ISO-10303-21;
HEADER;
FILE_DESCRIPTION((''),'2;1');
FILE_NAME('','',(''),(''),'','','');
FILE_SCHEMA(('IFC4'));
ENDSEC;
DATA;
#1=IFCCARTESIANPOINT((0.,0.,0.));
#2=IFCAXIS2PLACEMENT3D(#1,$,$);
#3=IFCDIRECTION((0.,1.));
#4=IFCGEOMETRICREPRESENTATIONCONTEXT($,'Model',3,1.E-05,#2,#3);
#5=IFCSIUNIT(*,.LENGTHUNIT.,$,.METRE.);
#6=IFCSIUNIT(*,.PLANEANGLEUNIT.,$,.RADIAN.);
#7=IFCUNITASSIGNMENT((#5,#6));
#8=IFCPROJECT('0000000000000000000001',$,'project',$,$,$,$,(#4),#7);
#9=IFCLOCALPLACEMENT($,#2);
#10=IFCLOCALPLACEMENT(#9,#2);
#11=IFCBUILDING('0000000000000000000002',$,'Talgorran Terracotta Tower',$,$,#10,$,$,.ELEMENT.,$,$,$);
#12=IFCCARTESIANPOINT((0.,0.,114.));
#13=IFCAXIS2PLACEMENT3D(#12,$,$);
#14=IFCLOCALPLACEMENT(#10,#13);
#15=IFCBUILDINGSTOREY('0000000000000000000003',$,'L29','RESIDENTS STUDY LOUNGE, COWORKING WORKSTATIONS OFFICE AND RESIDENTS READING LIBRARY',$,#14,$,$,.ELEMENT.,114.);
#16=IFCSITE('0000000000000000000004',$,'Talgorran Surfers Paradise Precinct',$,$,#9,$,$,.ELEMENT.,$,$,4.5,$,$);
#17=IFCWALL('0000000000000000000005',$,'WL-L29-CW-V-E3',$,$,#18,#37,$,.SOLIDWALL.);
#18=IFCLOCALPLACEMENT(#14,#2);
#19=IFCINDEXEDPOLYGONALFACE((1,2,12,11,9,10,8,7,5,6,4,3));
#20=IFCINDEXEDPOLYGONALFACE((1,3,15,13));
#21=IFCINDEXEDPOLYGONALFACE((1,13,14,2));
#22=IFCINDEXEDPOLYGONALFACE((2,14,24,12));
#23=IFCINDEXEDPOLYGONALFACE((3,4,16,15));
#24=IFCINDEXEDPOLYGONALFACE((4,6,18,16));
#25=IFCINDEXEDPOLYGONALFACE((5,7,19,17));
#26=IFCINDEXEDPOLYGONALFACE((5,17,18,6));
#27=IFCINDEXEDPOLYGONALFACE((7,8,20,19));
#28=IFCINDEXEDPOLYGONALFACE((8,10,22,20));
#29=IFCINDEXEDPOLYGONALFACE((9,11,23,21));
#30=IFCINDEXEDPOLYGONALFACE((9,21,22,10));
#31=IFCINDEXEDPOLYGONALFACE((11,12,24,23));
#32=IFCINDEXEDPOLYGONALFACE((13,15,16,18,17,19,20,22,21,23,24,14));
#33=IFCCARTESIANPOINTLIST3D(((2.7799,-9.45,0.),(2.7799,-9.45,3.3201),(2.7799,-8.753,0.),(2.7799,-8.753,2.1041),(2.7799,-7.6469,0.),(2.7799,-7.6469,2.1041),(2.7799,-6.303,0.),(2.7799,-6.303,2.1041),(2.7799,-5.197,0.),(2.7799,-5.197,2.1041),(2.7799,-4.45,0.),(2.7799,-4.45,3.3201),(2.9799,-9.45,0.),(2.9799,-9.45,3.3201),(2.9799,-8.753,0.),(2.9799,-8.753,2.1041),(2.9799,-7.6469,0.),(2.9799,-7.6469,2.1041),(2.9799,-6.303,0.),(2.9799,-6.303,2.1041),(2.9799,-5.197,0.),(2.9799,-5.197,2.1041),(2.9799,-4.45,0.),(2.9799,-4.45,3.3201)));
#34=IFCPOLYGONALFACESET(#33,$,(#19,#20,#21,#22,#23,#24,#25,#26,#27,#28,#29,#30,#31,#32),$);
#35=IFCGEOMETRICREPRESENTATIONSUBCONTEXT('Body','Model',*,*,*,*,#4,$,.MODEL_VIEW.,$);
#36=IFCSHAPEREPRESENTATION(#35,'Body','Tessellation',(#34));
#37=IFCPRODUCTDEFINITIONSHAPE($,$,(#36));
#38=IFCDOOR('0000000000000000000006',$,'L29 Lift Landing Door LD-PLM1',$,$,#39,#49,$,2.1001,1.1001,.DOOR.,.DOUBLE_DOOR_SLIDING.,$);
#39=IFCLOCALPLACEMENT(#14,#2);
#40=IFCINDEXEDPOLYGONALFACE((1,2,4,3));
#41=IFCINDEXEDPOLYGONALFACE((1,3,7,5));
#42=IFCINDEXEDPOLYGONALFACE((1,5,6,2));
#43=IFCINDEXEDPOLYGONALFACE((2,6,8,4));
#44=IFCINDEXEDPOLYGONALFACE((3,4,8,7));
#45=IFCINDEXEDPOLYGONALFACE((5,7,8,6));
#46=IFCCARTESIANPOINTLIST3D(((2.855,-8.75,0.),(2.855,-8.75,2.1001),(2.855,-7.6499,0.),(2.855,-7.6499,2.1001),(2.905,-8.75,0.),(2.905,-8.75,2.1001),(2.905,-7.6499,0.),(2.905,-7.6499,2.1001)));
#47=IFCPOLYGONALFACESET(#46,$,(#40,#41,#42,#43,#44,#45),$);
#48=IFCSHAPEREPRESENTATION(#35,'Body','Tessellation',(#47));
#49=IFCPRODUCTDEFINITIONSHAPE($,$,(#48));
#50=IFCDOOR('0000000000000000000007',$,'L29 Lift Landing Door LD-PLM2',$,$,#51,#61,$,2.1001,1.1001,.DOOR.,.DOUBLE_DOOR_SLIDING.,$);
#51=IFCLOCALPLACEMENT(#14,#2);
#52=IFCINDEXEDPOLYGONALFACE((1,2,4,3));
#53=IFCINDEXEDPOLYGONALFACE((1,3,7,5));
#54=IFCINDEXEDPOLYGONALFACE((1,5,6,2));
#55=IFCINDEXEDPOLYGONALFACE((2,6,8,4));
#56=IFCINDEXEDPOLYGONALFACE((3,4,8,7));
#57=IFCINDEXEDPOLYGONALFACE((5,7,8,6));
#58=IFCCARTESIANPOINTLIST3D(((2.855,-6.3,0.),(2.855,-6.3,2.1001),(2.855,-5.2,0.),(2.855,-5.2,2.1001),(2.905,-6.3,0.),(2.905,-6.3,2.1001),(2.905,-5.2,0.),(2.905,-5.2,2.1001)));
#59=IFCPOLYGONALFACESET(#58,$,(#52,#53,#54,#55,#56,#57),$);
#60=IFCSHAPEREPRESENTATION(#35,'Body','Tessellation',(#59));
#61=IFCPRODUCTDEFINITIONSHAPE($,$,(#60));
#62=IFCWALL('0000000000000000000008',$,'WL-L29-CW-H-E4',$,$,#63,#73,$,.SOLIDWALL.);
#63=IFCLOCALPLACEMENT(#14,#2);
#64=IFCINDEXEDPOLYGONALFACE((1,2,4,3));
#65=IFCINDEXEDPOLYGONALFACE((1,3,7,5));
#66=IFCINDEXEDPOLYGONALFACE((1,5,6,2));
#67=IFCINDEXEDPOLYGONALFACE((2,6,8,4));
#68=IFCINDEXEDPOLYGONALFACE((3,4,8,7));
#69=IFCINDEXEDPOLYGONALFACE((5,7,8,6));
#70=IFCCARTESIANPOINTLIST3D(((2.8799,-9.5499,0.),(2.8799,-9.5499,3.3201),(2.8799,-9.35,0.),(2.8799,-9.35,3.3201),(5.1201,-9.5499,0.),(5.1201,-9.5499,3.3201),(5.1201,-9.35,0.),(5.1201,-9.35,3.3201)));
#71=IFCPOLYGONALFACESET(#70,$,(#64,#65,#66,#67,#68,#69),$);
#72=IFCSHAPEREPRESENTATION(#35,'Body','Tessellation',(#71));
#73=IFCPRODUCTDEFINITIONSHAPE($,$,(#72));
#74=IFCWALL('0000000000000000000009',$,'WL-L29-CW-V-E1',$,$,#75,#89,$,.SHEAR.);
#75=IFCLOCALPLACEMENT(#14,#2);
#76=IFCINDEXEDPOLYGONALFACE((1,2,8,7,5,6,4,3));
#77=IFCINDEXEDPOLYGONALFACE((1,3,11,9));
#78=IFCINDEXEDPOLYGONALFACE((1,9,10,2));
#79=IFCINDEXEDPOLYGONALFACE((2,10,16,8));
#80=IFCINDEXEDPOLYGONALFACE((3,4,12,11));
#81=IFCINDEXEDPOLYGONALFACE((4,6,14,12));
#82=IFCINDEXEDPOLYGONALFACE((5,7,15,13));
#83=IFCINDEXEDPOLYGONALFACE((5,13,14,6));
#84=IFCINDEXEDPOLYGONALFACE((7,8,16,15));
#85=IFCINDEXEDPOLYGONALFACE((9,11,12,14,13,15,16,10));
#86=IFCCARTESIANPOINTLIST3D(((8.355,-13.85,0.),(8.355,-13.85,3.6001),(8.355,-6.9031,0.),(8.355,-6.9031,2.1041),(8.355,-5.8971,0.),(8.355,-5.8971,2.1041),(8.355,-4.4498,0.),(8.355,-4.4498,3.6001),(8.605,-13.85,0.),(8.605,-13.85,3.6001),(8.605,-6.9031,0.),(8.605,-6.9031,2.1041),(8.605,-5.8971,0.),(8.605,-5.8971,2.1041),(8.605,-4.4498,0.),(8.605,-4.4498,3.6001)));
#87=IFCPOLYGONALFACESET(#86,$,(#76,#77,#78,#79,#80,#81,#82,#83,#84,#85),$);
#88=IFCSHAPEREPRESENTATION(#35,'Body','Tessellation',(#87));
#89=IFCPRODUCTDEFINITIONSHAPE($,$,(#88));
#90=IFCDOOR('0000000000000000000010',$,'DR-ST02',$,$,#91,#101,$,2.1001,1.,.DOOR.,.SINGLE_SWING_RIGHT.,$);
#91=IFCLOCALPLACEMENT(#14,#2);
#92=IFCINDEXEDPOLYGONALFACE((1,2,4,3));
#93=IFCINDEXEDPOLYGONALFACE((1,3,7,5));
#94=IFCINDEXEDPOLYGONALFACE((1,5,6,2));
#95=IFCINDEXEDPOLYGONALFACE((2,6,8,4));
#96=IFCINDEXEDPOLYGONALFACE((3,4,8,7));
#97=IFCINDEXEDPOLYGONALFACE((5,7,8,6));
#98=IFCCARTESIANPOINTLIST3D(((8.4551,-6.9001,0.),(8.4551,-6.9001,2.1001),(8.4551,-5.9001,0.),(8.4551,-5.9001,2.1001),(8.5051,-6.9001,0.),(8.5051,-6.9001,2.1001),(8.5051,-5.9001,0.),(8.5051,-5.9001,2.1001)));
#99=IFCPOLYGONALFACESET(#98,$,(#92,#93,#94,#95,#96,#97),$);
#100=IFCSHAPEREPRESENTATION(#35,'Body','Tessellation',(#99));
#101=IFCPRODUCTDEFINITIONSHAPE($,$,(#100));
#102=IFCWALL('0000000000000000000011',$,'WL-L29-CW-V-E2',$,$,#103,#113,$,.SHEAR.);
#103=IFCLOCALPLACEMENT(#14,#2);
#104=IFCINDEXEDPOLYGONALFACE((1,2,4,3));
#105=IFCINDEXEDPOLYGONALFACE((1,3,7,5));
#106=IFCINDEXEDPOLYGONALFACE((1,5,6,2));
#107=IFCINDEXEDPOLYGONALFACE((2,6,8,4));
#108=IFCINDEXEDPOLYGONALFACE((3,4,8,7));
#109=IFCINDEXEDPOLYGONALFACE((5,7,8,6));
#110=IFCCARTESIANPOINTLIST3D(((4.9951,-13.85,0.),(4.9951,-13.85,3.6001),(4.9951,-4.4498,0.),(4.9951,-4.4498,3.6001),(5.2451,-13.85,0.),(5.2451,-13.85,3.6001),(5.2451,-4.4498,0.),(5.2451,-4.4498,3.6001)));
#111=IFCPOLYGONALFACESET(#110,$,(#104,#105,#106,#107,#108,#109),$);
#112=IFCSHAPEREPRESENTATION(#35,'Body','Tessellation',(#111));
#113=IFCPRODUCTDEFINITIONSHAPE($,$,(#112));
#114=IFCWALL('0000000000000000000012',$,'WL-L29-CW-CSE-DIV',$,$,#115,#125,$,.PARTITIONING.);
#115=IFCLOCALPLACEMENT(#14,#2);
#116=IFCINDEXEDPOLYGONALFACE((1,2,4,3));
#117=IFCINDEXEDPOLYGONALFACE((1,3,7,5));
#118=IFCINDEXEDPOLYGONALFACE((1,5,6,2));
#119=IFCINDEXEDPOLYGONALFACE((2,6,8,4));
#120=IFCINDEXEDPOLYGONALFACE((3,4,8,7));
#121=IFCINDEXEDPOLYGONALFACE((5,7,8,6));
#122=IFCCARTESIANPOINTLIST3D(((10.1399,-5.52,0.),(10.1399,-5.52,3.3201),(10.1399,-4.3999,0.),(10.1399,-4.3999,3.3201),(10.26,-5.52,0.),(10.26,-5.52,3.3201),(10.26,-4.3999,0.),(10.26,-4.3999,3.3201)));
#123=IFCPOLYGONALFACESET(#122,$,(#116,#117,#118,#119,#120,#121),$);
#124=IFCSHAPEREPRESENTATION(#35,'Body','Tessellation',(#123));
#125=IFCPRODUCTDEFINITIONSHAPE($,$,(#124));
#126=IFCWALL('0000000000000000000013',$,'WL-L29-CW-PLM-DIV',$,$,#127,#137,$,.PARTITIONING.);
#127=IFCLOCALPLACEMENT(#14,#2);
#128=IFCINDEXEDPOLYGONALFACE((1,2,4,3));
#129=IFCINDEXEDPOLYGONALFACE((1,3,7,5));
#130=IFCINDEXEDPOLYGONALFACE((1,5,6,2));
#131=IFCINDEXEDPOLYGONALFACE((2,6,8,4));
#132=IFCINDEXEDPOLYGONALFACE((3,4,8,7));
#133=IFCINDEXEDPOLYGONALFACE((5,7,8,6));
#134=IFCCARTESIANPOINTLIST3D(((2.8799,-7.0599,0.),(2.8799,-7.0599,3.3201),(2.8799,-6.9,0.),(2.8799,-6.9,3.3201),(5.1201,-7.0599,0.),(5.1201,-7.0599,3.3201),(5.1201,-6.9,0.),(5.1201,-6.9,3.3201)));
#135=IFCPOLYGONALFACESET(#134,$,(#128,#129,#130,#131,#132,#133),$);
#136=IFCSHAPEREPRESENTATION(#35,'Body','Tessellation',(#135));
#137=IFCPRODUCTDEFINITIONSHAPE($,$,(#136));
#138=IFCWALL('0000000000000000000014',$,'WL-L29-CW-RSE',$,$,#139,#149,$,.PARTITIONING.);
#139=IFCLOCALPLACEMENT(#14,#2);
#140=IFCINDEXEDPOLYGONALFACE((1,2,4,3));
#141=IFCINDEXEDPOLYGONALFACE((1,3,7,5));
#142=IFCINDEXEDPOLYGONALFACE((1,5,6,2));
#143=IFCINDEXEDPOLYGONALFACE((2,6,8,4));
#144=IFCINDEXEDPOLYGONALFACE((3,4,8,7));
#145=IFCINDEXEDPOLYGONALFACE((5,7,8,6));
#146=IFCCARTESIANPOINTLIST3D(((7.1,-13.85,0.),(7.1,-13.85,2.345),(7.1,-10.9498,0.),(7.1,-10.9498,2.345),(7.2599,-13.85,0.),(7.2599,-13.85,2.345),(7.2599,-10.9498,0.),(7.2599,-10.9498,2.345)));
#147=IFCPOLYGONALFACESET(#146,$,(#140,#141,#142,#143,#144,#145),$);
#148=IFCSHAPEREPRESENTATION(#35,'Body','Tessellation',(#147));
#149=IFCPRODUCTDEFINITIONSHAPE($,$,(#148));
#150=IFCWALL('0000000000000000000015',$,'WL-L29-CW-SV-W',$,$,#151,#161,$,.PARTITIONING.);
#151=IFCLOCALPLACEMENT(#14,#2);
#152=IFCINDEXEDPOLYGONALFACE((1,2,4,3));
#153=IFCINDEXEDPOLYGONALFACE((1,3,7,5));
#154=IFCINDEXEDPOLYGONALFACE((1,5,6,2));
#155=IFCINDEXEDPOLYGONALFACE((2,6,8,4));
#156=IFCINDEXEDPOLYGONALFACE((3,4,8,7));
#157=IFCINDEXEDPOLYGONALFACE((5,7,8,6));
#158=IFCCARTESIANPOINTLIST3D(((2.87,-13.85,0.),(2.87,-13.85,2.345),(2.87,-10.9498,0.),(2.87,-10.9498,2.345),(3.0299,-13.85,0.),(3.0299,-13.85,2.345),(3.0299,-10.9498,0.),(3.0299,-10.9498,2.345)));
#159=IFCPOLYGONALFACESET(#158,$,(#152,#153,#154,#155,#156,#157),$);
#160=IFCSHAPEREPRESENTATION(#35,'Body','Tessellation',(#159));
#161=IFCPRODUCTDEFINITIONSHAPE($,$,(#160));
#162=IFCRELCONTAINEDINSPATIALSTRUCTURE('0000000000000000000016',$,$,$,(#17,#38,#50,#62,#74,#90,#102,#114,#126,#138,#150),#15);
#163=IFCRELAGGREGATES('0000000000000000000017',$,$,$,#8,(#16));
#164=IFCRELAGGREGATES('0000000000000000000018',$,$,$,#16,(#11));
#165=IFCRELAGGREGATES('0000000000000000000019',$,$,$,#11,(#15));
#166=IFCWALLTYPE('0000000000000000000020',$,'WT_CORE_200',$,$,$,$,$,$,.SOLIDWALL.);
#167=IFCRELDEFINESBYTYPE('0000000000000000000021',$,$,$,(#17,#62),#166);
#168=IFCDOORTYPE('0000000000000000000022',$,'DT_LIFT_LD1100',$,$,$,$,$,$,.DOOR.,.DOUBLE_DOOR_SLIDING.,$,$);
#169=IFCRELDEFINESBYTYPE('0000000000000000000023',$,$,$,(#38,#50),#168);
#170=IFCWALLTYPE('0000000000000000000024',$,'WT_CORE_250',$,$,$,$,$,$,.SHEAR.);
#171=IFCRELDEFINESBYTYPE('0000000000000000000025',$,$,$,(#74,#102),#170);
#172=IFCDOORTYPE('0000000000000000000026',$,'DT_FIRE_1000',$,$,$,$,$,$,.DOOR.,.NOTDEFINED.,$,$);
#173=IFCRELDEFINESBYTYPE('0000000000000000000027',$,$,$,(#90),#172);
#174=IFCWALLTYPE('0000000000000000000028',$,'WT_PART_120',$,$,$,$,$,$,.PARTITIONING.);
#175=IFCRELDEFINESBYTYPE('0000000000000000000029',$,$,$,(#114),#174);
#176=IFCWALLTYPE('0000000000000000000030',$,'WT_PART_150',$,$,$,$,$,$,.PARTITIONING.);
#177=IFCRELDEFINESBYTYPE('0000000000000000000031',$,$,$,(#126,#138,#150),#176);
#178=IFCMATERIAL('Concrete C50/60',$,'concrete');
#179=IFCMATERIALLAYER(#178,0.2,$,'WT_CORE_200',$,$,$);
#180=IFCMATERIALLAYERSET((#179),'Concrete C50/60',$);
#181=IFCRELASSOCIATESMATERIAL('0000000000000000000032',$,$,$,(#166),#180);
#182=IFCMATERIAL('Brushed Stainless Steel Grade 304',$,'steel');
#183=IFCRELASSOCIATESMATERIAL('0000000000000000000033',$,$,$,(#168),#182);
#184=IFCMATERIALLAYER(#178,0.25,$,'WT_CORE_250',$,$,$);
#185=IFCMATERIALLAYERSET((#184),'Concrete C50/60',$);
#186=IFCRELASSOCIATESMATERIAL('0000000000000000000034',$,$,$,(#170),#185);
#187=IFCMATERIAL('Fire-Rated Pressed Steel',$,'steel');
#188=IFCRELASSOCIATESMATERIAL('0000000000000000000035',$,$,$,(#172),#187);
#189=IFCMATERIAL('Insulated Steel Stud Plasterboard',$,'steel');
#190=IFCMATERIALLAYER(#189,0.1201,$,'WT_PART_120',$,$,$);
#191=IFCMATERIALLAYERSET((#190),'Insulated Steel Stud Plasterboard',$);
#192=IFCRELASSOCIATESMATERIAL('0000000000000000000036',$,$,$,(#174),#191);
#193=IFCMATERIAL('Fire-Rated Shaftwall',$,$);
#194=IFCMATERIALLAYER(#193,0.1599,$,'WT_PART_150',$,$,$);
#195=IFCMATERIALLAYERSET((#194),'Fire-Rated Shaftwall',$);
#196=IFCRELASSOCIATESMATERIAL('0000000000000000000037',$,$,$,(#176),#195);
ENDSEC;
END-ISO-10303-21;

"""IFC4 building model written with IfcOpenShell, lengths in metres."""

from ifc_helpers import new_model, si_unit, direction, frame, frame_2d, origin, place, context, subcontext, project, spatial, rectangle, extrude, material, layer, layer_set, type_object, element, fill, save


model = new_model("IFC4")

# Units and contexts
model_context = context("Model", 3, precision=1e-05, world=origin(), true_north=direction((0.0, 1.0)))
body_context = subcontext(model_context, "Body", "Model", "MODEL_VIEW")
ifc_project = project(units=[si_unit("LENGTHUNIT", "METRE"), si_unit("PLANEANGLEUNIT", "RADIAN")], contexts=[model_context])

# Site, building, storey
site_placement = place(None, origin())
site = spatial("IfcSite", under=ifc_project, at=site_placement, Name="Talgorran Surfers Paradise Precinct", CompositionType="ELEMENT", RefElevation=4.5)
building_placement = place(site_placement, origin())
building = spatial("IfcBuilding", under=site, at=building_placement, Name="Talgorran Terracotta Tower", CompositionType="ELEMENT")
storey_placement = place(building_placement, frame((0.0, 0.0, 114.0)))
storey = spatial("IfcBuildingStorey", under=building, at=storey_placement, Name="L29", Description="RESIDENTS STUDY LOUNGE, COWORKING WORKSTATIONS OFFICE AND RESIDENTS READING LIBRARY", CompositionType="ELEMENT", Elevation=114.0)

# Shared definitions
ifc_material_1 = material(Name="Concrete C50/60", Category="concrete")
ifc_layer_1 = layer(ifc_material_1, 0.2, Name="WT_CORE_200")
ifc_layer_set_1 = layer_set([ifc_layer_1], Name="Concrete C50/60")
wall_type_1 = type_object("IfcWallType", Name="WT_CORE_200", PredefinedType="SOLIDWALL", material=ifc_layer_set_1)

# Wall, openings, doors
ifc_material_2 = material(Name="Brushed Stainless Steel Grade 304", Category="steel")
door_type_1 = type_object("IfcDoorType", Name="DT_LIFT_LD1100", OperationType="DOUBLE_DOOR_SLIDING", PredefinedType="DOOR", material=ifc_material_2)
ifc_material_3 = material(Name="Fire-Rated Pressed Steel", Category="steel")
wall_1_placement = place(storey_placement, frame((2.8799, -9.45, 0.0), z_axis=(0.0, 0.0, 1.0), x_axis=(0.0, 1.0, 0.0)))
wall_1 = element("IfcWall", 1, at=wall_1_placement, inside=storey, type_object=wall_type_1, Name="WL-L29-CW-V-E3", PredefinedType="SOLIDWALL", context=body_context, shape_type="SweptSolid", body=[
    extrude(rectangle(XDim=5.0, YDim=0.2, at=frame_2d((2.5, 0.0))), origin(), (0.0, 0.0, 1.0), 3.3201),
])
opening_1_placement = place(wall_1_placement, frame((0.7, 0.0, 0.0)))
opening_1 = element("IfcOpeningElement", 2, at=opening_1_placement, cuts=wall_1, PredefinedType="OPENING", context=body_context, shape_type="SweptSolid", body=[
    extrude(rectangle(XDim=1.1061, YDim=2.1041, at=frame_2d((0.55, 1.052))), frame((0.0, 0.1099, 0.0), z_axis=(0.0, -1.0, 0.0), x_axis=(1.0, 0.0, 0.0)), (0.0, 0.0, 1.0), 0.22),
])
opening_2_placement = place(wall_1_placement, frame((3.1499, 0.0, 0.0)))
opening_2 = element("IfcOpeningElement", 3, at=opening_2_placement, cuts=wall_1, PredefinedType="OPENING", context=body_context, shape_type="SweptSolid", body=[
    extrude(rectangle(XDim=1.1061, YDim=2.1041, at=frame_2d((0.55, 1.052))), frame((0.0, 0.1099, 0.0), z_axis=(0.0, -1.0, 0.0), x_axis=(1.0, 0.0, 0.0)), (0.0, 0.0, 1.0), 0.22),
])
door_1_placement = place(opening_1_placement, origin())
door_1 = element("IfcDoor", 4, at=door_1_placement, inside=storey, type_object=door_type_1, Name="L29 Lift Landing Door LD-PLM1", OperationType="DOUBLE_DOOR_SLIDING", OverallHeight=2.1001, OverallWidth=1.1001, PredefinedType="DOOR", context=body_context, shape_type="SweptSolid", body=[
    extrude(rectangle(XDim=1.1001, YDim=2.1001, at=frame_2d((0.55, 1.05))), frame((0.0, 0.0249, 0.0), z_axis=(0.0, -1.0, 0.0), x_axis=(1.0, 0.0, 0.0)), (0.0, 0.0, 1.0), 0.05),
])
fill(opening_1, door_1)
door_2_placement = place(opening_2_placement, origin())
door_2 = element("IfcDoor", 5, at=door_2_placement, inside=storey, type_object=door_type_1, Name="L29 Lift Landing Door LD-PLM2", OperationType="DOUBLE_DOOR_SLIDING", OverallHeight=2.1001, OverallWidth=1.1001, PredefinedType="DOOR", context=body_context, shape_type="SweptSolid", body=[
    extrude(rectangle(XDim=1.1001, YDim=2.1001, at=frame_2d((0.55, 1.05))), frame((0.0, 0.0249, 0.0), z_axis=(0.0, -1.0, 0.0), x_axis=(1.0, 0.0, 0.0)), (0.0, 0.0, 1.0), 0.05),
])
fill(opening_2, door_2)

# Wall
wall_2_placement = place(storey_placement, frame((2.8799, -9.45, 0.0), z_axis=(0.0, 0.0, 1.0), x_axis=(1.0, 0.0, 0.0)))
element("IfcWall", 6, at=wall_2_placement, inside=storey, type_object=wall_type_1, Name="WL-L29-CW-H-E4", PredefinedType="SOLIDWALL", context=body_context, shape_type="SweptSolid", body=[
    extrude(rectangle(XDim=2.2402, YDim=0.2, at=frame_2d((1.1201, 0.0))), origin(), (0.0, 0.0, 1.0), 3.3201),
])

# Wall, opening, door
ifc_layer_2 = layer(ifc_material_1, 0.25, Name="WT_CORE_250")
ifc_layer_set_2 = layer_set([ifc_layer_2], Name="Concrete C50/60")
wall_type_2 = type_object("IfcWallType", Name="WT_CORE_250", PredefinedType="SHEAR", material=ifc_layer_set_2)
wall_3_placement = place(storey_placement, frame((8.48, -13.8501, 0.0), z_axis=(0.0, 0.0, 1.0), x_axis=(0.0, 1.0, 0.0)))
wall_3 = element("IfcWall", 7, at=wall_3_placement, inside=storey, type_object=wall_type_2, Name="WL-L29-CW-V-E1", PredefinedType="SHEAR", context=body_context, shape_type="SweptSolid", body=[
    extrude(rectangle(XDim=9.4001, YDim=0.25, at=frame_2d((4.7002, 0.0))), origin(), (0.0, 0.0, 1.0), 3.6001),
])
opening_3_placement = place(wall_3_placement, frame((6.95, 0.0, 0.0)))
opening_3 = element("IfcOpeningElement", 8, at=opening_3_placement, cuts=wall_3, PredefinedType="OPENING", context=body_context, shape_type="SweptSolid", body=[
    extrude(rectangle(XDim=1.006, YDim=2.1041, at=frame_2d((0.5, 1.052))), frame((0.0, 0.135, 0.0), z_axis=(0.0, -1.0, 0.0), x_axis=(1.0, 0.0, 0.0)), (0.0, 0.0, 1.0), 0.27),
])
door_type_2 = type_object("IfcDoorType", Name="DT_FIRE_1000", OperationType="NOTDEFINED", PredefinedType="DOOR", material=ifc_material_3)
door_3_placement = place(opening_3_placement, origin())
door_3 = element("IfcDoor", 9, at=door_3_placement, inside=storey, type_object=door_type_2, Name="DR-ST02", OperationType="SINGLE_SWING_RIGHT", OverallHeight=2.1001, OverallWidth=1.0, PredefinedType="DOOR", context=body_context, shape_type="SweptSolid", body=[
    extrude(rectangle(XDim=1.0, YDim=2.1001, at=frame_2d((0.5, 1.05))), frame((0.0, 0.0249, 0.0), z_axis=(0.0, -1.0, 0.0), x_axis=(1.0, 0.0, 0.0)), (0.0, 0.0, 1.0), 0.05),
])
fill(opening_3, door_3)

# Walls
wall_4_placement = place(storey_placement, frame((5.1201, -13.8501, 0.0), z_axis=(0.0, 0.0, 1.0), x_axis=(0.0, 1.0, 0.0)))
element("IfcWall", 10, at=wall_4_placement, inside=storey, type_object=wall_type_2, Name="WL-L29-CW-V-E2", PredefinedType="SHEAR", context=body_context, shape_type="SweptSolid", body=[
    extrude(rectangle(XDim=9.4001, YDim=0.25, at=frame_2d((4.7002, 0.0))), origin(), (0.0, 0.0, 1.0), 3.6001),
])
ifc_material_4 = material(Name="Insulated Steel Stud Plasterboard", Category="steel")
ifc_layer_3 = layer(ifc_material_4, 0.1201, Name="WT_PART_120")
ifc_layer_set_3 = layer_set([ifc_layer_3], Name="Insulated Steel Stud Plasterboard")
wall_type_3 = type_object("IfcWallType", Name="WT_PART_120", PredefinedType="PARTITIONING", material=ifc_layer_set_3)
wall_5_placement = place(storey_placement, frame((10.2, -5.52, 0.0), z_axis=(0.0, 0.0, 1.0), x_axis=(0.0, 1.0, 0.0)))
element("IfcWall", 11, at=wall_5_placement, inside=storey, type_object=wall_type_3, Name="WL-L29-CW-CSE-DIV", PredefinedType="PARTITIONING", context=body_context, shape_type="SweptSolid", body=[
    extrude(rectangle(XDim=1.1201, YDim=0.1201, at=frame_2d((0.5601, 0.0))), origin(), (0.0, 0.0, 1.0), 3.3201),
])
ifc_material_5 = material(Name="Fire-Rated Shaftwall")
ifc_layer_4 = layer(ifc_material_5, 0.1599, Name="WT_PART_150")
ifc_layer_set_4 = layer_set([ifc_layer_4], Name="Fire-Rated Shaftwall")
wall_type_4 = type_object("IfcWallType", Name="WT_PART_150", PredefinedType="PARTITIONING", material=ifc_layer_set_4)
wall_6_placement = place(storey_placement, frame((2.8799, -6.98, 0.0), z_axis=(0.0, 0.0, 1.0), x_axis=(1.0, 0.0, 0.0)))
element("IfcWall", 12, at=wall_6_placement, inside=storey, type_object=wall_type_4, Name="WL-L29-CW-PLM-DIV", PredefinedType="PARTITIONING", context=body_context, shape_type="SweptSolid", body=[
    extrude(rectangle(XDim=2.2402, YDim=0.1599, at=frame_2d((1.1201, 0.0))), origin(), (0.0, 0.0, 1.0), 3.3201),
])
for number, where, z_axis, x_axis, name in (
    (13, (7.1799, -13.8501, 0.0), (0.0, 0.0, 1.0), (0.0, 1.0, 0.0), "WL-L29-CW-RSE"),
    (14, (2.95, -13.8501, 0.0), (0.0, 0.0, 1.0), (0.0, 1.0, 0.0), "WL-L29-CW-SV-W"),
):
    element("IfcWall", number, at=place(storey_placement, frame(where, z_axis=z_axis, x_axis=x_axis)), inside=storey, type_object=wall_type_4, Name=name, PredefinedType="PARTITIONING", context=body_context, shape_type="SweptSolid", body=[
        extrude(rectangle(XDim=2.9001, YDim=0.1599, at=frame_2d((1.4502, 0.0))), origin(), (0.0, 0.0, 1.0), 2.345),
    ])

save(model, "model.ifc")
